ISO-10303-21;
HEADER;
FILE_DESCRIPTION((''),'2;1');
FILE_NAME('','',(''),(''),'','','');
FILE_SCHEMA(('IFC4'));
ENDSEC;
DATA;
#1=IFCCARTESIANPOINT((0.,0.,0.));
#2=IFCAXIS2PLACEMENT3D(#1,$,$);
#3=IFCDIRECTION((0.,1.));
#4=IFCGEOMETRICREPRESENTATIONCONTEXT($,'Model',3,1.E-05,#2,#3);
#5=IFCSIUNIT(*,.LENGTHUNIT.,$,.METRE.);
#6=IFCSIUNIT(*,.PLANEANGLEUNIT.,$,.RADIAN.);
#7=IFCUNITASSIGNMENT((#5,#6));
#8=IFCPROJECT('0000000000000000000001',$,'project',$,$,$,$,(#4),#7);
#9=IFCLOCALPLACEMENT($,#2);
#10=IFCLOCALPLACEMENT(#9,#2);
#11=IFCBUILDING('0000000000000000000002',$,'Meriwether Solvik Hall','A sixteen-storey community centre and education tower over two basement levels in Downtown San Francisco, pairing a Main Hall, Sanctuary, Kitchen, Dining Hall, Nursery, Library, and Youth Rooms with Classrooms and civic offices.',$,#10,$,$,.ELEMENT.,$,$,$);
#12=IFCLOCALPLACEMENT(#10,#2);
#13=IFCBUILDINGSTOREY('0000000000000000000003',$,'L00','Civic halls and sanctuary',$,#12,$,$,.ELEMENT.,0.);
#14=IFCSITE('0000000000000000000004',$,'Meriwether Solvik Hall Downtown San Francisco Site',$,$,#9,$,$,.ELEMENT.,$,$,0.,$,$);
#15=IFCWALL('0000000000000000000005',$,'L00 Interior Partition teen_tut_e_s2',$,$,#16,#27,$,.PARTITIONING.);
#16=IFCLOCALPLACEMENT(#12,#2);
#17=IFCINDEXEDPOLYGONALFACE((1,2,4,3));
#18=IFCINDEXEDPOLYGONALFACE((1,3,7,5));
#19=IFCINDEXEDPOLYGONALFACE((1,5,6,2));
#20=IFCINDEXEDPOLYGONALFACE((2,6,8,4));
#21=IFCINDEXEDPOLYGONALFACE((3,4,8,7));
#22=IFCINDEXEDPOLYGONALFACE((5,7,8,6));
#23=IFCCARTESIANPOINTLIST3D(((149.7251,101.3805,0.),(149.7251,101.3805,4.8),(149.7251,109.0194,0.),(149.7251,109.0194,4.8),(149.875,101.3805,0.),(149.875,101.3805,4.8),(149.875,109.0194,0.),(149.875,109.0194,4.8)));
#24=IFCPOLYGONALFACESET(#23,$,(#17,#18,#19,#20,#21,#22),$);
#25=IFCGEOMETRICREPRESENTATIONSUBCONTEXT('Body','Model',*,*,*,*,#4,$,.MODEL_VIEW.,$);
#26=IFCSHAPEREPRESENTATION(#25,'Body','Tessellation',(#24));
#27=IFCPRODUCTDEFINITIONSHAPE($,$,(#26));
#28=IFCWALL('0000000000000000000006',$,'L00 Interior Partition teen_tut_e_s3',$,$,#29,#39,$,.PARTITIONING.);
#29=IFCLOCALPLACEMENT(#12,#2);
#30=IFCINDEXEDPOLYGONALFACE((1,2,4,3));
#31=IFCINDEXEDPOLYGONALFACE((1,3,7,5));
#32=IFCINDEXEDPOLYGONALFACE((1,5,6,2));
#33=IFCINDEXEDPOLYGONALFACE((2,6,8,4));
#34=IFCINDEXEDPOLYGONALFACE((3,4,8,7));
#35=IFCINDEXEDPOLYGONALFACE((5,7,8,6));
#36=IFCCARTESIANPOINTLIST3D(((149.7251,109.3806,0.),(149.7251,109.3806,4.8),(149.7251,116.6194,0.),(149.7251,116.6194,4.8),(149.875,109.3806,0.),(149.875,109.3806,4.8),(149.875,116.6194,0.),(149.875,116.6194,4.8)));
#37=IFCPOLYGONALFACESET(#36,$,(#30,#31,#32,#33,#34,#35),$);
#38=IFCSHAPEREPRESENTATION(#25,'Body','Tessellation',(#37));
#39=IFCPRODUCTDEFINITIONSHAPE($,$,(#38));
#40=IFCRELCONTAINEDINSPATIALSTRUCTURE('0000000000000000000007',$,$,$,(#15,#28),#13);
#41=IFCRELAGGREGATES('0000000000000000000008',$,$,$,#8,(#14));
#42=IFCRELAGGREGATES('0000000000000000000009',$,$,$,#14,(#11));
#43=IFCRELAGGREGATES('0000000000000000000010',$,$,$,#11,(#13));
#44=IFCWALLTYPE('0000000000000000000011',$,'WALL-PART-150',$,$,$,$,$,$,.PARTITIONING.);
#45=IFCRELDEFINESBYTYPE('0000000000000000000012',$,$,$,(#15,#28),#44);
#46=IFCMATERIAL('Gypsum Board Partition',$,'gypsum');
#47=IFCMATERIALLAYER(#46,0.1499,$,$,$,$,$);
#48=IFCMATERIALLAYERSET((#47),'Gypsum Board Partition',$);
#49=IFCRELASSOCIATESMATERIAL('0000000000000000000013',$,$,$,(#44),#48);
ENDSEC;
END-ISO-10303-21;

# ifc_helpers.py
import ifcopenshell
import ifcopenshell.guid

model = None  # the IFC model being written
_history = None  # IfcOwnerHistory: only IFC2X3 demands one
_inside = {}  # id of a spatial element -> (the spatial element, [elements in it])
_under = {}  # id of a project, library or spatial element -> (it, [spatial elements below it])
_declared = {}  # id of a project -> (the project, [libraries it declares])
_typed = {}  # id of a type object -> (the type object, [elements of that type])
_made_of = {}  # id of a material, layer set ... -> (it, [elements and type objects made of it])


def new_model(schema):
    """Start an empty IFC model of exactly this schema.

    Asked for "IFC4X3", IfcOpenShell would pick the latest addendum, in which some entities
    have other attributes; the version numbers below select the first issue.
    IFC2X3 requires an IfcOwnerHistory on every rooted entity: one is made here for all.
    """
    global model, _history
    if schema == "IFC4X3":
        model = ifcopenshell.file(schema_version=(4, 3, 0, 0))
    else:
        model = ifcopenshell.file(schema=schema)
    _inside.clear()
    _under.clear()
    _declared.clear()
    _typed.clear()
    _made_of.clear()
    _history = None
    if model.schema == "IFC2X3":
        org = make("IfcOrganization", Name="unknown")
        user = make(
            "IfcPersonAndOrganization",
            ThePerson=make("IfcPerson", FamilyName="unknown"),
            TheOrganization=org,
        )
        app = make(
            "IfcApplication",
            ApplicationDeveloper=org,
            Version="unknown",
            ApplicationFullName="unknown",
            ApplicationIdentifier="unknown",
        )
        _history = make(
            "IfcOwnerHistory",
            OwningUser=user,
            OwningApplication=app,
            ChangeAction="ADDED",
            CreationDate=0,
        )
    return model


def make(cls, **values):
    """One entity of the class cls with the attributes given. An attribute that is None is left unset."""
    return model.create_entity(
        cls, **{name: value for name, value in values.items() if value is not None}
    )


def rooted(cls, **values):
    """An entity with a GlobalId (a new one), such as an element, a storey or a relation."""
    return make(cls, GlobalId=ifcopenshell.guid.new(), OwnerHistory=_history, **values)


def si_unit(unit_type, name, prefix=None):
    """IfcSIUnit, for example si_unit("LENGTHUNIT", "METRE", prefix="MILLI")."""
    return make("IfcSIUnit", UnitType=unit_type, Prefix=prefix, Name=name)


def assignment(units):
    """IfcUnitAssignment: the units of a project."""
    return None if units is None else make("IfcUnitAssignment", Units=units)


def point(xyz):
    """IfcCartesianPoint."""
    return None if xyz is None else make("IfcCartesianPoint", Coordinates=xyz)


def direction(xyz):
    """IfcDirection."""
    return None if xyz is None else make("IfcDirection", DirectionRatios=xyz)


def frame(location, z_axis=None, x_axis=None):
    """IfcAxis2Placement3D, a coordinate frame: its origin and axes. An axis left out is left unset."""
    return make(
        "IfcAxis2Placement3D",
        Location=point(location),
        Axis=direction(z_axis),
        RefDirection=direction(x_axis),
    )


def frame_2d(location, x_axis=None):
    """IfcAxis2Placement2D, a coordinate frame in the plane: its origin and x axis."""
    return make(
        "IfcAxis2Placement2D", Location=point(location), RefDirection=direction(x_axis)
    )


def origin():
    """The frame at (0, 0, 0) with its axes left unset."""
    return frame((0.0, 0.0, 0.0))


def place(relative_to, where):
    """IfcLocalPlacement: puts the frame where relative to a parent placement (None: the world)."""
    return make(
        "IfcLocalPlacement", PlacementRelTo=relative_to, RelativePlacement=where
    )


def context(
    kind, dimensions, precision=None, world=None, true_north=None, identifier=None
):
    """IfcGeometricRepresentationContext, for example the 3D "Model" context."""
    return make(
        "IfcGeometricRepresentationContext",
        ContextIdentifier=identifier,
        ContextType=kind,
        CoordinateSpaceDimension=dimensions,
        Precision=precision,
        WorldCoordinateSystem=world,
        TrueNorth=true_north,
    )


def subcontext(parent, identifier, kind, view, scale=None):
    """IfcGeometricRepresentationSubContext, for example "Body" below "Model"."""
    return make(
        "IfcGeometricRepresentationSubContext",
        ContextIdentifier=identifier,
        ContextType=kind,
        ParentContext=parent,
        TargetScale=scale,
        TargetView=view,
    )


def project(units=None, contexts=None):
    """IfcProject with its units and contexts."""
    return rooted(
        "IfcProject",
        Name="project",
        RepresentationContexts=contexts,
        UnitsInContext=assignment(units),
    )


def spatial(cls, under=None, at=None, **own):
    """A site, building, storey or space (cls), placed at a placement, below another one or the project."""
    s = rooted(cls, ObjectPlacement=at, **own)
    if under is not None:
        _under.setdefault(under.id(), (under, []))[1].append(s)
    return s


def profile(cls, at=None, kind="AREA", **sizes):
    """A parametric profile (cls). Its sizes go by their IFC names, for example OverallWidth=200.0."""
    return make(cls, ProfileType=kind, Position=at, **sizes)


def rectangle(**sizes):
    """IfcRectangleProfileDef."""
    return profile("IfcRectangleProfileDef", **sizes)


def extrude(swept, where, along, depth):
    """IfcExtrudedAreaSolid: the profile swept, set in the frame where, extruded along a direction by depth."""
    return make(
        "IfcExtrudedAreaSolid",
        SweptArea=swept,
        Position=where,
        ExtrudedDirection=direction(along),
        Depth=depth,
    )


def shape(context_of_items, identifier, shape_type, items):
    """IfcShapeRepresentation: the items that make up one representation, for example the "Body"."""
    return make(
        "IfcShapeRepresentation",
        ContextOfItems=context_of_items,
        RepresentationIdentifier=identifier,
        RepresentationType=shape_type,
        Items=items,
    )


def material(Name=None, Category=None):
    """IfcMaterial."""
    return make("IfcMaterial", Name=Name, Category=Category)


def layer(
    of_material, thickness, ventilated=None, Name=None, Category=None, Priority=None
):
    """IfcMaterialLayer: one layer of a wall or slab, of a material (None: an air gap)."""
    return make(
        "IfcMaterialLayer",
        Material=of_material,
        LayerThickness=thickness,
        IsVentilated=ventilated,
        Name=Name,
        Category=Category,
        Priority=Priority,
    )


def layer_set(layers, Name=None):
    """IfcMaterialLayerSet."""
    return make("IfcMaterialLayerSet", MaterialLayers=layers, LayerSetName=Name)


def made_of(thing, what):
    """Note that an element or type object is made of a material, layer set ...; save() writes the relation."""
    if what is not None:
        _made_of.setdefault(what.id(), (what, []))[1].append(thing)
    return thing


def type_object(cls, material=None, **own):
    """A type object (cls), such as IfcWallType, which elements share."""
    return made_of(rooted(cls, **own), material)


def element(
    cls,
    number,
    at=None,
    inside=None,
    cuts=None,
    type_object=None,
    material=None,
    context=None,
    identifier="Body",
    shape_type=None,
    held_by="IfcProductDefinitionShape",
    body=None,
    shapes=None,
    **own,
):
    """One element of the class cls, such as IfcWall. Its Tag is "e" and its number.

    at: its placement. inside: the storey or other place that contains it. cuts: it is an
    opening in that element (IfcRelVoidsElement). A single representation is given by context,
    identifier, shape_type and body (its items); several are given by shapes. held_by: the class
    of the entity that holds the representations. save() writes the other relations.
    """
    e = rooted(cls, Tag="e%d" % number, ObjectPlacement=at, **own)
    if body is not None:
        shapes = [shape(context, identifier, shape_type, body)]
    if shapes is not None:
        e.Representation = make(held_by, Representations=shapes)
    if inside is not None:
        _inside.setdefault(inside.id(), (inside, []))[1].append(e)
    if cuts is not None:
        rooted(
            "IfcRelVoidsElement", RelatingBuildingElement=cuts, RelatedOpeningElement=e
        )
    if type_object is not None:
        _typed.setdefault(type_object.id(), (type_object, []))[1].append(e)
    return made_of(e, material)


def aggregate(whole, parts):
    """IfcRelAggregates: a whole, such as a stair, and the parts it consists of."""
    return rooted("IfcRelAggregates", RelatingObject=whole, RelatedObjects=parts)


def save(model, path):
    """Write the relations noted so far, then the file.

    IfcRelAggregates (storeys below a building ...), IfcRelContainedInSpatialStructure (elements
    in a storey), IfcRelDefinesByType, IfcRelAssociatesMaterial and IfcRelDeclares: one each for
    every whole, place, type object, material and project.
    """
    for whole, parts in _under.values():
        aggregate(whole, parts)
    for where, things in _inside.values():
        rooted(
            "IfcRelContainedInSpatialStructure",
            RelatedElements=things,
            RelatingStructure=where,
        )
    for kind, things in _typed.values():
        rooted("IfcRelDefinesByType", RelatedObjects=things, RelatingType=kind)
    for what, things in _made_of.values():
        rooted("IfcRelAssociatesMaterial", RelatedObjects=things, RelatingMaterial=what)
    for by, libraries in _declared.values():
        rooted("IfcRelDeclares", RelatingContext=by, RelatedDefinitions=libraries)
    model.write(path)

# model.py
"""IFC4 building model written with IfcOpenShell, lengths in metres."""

from ifc_helpers import new_model, si_unit, direction, frame, frame_2d, origin, place, context, subcontext, project, spatial, rectangle, extrude, material, layer, layer_set, type_object, element, save


model = new_model("IFC4")

# Units and contexts
model_context = context("Model", 3, precision=1e-05, world=origin(), true_north=direction((0.0, 1.0)))
body_context = subcontext(model_context, "Body", "Model", "MODEL_VIEW")
ifc_project = project(units=[si_unit("LENGTHUNIT", "METRE"), si_unit("PLANEANGLEUNIT", "RADIAN")], contexts=[model_context])

# Site, building, storey
site_placement = place(None, origin())
site = spatial("IfcSite", under=ifc_project, at=site_placement, Name="Meriwether Solvik Hall Downtown San Francisco Site", CompositionType="ELEMENT", RefElevation=0.0)
building_placement = place(site_placement, origin())
building = spatial("IfcBuilding", under=site, at=building_placement, Name="Meriwether Solvik Hall", Description="A sixteen-storey community centre and education tower over two basement levels in Downtown San Francisco, pairing a Main Hall, Sanctuary, Kitchen, Dining Hall, Nursery, Library, and Youth Rooms with Classrooms and civic offices.", CompositionType="ELEMENT")
storey_placement = place(building_placement, origin())
storey = spatial("IfcBuildingStorey", under=building, at=storey_placement, Name="L00", Description="Civic halls and sanctuary", CompositionType="ELEMENT", Elevation=0.0)

# Walls
ifc_material_1 = material(Name="Gypsum Board Partition", Category="gypsum")
ifc_layer_1 = layer(ifc_material_1, 0.1499)
ifc_layer_set_1 = layer_set([ifc_layer_1], Name="Gypsum Board Partition")
wall_type_1 = type_object("IfcWallType", Name="WALL-PART-150", PredefinedType="PARTITIONING", material=ifc_layer_set_1)
wall_1_placement = place(storey_placement, frame((149.8, 101.3806, 0.0), z_axis=(0.0, 0.0, 1.0), x_axis=(0.0, 1.0, 0.0)))
element("IfcWall", 1, at=wall_1_placement, inside=storey, type_object=wall_type_1, Name="L00 Interior Partition teen_tut_e_s2", PredefinedType="PARTITIONING", context=body_context, shape_type="SweptSolid", body=[
    extrude(rectangle(XDim=7.6389, YDim=0.1499, at=frame_2d((3.8193, 0.0))), origin(), (0.0, 0.0, 1.0), 4.8),
])
wall_2_placement = place(storey_placement, frame((149.8, 109.3806, 0.0), z_axis=(0.0, 0.0, 1.0), x_axis=(0.0, 1.0, 0.0)))
element("IfcWall", 2, at=wall_2_placement, inside=storey, type_object=wall_type_1, Name="L00 Interior Partition teen_tut_e_s3", PredefinedType="PARTITIONING", context=body_context, shape_type="SweptSolid", body=[
    extrude(rectangle(XDim=7.2388, YDim=0.1499, at=frame_2d((3.6194, 0.0))), origin(), (0.0, 0.0, 1.0), 4.8),
])

save(model, "model.ifc")
